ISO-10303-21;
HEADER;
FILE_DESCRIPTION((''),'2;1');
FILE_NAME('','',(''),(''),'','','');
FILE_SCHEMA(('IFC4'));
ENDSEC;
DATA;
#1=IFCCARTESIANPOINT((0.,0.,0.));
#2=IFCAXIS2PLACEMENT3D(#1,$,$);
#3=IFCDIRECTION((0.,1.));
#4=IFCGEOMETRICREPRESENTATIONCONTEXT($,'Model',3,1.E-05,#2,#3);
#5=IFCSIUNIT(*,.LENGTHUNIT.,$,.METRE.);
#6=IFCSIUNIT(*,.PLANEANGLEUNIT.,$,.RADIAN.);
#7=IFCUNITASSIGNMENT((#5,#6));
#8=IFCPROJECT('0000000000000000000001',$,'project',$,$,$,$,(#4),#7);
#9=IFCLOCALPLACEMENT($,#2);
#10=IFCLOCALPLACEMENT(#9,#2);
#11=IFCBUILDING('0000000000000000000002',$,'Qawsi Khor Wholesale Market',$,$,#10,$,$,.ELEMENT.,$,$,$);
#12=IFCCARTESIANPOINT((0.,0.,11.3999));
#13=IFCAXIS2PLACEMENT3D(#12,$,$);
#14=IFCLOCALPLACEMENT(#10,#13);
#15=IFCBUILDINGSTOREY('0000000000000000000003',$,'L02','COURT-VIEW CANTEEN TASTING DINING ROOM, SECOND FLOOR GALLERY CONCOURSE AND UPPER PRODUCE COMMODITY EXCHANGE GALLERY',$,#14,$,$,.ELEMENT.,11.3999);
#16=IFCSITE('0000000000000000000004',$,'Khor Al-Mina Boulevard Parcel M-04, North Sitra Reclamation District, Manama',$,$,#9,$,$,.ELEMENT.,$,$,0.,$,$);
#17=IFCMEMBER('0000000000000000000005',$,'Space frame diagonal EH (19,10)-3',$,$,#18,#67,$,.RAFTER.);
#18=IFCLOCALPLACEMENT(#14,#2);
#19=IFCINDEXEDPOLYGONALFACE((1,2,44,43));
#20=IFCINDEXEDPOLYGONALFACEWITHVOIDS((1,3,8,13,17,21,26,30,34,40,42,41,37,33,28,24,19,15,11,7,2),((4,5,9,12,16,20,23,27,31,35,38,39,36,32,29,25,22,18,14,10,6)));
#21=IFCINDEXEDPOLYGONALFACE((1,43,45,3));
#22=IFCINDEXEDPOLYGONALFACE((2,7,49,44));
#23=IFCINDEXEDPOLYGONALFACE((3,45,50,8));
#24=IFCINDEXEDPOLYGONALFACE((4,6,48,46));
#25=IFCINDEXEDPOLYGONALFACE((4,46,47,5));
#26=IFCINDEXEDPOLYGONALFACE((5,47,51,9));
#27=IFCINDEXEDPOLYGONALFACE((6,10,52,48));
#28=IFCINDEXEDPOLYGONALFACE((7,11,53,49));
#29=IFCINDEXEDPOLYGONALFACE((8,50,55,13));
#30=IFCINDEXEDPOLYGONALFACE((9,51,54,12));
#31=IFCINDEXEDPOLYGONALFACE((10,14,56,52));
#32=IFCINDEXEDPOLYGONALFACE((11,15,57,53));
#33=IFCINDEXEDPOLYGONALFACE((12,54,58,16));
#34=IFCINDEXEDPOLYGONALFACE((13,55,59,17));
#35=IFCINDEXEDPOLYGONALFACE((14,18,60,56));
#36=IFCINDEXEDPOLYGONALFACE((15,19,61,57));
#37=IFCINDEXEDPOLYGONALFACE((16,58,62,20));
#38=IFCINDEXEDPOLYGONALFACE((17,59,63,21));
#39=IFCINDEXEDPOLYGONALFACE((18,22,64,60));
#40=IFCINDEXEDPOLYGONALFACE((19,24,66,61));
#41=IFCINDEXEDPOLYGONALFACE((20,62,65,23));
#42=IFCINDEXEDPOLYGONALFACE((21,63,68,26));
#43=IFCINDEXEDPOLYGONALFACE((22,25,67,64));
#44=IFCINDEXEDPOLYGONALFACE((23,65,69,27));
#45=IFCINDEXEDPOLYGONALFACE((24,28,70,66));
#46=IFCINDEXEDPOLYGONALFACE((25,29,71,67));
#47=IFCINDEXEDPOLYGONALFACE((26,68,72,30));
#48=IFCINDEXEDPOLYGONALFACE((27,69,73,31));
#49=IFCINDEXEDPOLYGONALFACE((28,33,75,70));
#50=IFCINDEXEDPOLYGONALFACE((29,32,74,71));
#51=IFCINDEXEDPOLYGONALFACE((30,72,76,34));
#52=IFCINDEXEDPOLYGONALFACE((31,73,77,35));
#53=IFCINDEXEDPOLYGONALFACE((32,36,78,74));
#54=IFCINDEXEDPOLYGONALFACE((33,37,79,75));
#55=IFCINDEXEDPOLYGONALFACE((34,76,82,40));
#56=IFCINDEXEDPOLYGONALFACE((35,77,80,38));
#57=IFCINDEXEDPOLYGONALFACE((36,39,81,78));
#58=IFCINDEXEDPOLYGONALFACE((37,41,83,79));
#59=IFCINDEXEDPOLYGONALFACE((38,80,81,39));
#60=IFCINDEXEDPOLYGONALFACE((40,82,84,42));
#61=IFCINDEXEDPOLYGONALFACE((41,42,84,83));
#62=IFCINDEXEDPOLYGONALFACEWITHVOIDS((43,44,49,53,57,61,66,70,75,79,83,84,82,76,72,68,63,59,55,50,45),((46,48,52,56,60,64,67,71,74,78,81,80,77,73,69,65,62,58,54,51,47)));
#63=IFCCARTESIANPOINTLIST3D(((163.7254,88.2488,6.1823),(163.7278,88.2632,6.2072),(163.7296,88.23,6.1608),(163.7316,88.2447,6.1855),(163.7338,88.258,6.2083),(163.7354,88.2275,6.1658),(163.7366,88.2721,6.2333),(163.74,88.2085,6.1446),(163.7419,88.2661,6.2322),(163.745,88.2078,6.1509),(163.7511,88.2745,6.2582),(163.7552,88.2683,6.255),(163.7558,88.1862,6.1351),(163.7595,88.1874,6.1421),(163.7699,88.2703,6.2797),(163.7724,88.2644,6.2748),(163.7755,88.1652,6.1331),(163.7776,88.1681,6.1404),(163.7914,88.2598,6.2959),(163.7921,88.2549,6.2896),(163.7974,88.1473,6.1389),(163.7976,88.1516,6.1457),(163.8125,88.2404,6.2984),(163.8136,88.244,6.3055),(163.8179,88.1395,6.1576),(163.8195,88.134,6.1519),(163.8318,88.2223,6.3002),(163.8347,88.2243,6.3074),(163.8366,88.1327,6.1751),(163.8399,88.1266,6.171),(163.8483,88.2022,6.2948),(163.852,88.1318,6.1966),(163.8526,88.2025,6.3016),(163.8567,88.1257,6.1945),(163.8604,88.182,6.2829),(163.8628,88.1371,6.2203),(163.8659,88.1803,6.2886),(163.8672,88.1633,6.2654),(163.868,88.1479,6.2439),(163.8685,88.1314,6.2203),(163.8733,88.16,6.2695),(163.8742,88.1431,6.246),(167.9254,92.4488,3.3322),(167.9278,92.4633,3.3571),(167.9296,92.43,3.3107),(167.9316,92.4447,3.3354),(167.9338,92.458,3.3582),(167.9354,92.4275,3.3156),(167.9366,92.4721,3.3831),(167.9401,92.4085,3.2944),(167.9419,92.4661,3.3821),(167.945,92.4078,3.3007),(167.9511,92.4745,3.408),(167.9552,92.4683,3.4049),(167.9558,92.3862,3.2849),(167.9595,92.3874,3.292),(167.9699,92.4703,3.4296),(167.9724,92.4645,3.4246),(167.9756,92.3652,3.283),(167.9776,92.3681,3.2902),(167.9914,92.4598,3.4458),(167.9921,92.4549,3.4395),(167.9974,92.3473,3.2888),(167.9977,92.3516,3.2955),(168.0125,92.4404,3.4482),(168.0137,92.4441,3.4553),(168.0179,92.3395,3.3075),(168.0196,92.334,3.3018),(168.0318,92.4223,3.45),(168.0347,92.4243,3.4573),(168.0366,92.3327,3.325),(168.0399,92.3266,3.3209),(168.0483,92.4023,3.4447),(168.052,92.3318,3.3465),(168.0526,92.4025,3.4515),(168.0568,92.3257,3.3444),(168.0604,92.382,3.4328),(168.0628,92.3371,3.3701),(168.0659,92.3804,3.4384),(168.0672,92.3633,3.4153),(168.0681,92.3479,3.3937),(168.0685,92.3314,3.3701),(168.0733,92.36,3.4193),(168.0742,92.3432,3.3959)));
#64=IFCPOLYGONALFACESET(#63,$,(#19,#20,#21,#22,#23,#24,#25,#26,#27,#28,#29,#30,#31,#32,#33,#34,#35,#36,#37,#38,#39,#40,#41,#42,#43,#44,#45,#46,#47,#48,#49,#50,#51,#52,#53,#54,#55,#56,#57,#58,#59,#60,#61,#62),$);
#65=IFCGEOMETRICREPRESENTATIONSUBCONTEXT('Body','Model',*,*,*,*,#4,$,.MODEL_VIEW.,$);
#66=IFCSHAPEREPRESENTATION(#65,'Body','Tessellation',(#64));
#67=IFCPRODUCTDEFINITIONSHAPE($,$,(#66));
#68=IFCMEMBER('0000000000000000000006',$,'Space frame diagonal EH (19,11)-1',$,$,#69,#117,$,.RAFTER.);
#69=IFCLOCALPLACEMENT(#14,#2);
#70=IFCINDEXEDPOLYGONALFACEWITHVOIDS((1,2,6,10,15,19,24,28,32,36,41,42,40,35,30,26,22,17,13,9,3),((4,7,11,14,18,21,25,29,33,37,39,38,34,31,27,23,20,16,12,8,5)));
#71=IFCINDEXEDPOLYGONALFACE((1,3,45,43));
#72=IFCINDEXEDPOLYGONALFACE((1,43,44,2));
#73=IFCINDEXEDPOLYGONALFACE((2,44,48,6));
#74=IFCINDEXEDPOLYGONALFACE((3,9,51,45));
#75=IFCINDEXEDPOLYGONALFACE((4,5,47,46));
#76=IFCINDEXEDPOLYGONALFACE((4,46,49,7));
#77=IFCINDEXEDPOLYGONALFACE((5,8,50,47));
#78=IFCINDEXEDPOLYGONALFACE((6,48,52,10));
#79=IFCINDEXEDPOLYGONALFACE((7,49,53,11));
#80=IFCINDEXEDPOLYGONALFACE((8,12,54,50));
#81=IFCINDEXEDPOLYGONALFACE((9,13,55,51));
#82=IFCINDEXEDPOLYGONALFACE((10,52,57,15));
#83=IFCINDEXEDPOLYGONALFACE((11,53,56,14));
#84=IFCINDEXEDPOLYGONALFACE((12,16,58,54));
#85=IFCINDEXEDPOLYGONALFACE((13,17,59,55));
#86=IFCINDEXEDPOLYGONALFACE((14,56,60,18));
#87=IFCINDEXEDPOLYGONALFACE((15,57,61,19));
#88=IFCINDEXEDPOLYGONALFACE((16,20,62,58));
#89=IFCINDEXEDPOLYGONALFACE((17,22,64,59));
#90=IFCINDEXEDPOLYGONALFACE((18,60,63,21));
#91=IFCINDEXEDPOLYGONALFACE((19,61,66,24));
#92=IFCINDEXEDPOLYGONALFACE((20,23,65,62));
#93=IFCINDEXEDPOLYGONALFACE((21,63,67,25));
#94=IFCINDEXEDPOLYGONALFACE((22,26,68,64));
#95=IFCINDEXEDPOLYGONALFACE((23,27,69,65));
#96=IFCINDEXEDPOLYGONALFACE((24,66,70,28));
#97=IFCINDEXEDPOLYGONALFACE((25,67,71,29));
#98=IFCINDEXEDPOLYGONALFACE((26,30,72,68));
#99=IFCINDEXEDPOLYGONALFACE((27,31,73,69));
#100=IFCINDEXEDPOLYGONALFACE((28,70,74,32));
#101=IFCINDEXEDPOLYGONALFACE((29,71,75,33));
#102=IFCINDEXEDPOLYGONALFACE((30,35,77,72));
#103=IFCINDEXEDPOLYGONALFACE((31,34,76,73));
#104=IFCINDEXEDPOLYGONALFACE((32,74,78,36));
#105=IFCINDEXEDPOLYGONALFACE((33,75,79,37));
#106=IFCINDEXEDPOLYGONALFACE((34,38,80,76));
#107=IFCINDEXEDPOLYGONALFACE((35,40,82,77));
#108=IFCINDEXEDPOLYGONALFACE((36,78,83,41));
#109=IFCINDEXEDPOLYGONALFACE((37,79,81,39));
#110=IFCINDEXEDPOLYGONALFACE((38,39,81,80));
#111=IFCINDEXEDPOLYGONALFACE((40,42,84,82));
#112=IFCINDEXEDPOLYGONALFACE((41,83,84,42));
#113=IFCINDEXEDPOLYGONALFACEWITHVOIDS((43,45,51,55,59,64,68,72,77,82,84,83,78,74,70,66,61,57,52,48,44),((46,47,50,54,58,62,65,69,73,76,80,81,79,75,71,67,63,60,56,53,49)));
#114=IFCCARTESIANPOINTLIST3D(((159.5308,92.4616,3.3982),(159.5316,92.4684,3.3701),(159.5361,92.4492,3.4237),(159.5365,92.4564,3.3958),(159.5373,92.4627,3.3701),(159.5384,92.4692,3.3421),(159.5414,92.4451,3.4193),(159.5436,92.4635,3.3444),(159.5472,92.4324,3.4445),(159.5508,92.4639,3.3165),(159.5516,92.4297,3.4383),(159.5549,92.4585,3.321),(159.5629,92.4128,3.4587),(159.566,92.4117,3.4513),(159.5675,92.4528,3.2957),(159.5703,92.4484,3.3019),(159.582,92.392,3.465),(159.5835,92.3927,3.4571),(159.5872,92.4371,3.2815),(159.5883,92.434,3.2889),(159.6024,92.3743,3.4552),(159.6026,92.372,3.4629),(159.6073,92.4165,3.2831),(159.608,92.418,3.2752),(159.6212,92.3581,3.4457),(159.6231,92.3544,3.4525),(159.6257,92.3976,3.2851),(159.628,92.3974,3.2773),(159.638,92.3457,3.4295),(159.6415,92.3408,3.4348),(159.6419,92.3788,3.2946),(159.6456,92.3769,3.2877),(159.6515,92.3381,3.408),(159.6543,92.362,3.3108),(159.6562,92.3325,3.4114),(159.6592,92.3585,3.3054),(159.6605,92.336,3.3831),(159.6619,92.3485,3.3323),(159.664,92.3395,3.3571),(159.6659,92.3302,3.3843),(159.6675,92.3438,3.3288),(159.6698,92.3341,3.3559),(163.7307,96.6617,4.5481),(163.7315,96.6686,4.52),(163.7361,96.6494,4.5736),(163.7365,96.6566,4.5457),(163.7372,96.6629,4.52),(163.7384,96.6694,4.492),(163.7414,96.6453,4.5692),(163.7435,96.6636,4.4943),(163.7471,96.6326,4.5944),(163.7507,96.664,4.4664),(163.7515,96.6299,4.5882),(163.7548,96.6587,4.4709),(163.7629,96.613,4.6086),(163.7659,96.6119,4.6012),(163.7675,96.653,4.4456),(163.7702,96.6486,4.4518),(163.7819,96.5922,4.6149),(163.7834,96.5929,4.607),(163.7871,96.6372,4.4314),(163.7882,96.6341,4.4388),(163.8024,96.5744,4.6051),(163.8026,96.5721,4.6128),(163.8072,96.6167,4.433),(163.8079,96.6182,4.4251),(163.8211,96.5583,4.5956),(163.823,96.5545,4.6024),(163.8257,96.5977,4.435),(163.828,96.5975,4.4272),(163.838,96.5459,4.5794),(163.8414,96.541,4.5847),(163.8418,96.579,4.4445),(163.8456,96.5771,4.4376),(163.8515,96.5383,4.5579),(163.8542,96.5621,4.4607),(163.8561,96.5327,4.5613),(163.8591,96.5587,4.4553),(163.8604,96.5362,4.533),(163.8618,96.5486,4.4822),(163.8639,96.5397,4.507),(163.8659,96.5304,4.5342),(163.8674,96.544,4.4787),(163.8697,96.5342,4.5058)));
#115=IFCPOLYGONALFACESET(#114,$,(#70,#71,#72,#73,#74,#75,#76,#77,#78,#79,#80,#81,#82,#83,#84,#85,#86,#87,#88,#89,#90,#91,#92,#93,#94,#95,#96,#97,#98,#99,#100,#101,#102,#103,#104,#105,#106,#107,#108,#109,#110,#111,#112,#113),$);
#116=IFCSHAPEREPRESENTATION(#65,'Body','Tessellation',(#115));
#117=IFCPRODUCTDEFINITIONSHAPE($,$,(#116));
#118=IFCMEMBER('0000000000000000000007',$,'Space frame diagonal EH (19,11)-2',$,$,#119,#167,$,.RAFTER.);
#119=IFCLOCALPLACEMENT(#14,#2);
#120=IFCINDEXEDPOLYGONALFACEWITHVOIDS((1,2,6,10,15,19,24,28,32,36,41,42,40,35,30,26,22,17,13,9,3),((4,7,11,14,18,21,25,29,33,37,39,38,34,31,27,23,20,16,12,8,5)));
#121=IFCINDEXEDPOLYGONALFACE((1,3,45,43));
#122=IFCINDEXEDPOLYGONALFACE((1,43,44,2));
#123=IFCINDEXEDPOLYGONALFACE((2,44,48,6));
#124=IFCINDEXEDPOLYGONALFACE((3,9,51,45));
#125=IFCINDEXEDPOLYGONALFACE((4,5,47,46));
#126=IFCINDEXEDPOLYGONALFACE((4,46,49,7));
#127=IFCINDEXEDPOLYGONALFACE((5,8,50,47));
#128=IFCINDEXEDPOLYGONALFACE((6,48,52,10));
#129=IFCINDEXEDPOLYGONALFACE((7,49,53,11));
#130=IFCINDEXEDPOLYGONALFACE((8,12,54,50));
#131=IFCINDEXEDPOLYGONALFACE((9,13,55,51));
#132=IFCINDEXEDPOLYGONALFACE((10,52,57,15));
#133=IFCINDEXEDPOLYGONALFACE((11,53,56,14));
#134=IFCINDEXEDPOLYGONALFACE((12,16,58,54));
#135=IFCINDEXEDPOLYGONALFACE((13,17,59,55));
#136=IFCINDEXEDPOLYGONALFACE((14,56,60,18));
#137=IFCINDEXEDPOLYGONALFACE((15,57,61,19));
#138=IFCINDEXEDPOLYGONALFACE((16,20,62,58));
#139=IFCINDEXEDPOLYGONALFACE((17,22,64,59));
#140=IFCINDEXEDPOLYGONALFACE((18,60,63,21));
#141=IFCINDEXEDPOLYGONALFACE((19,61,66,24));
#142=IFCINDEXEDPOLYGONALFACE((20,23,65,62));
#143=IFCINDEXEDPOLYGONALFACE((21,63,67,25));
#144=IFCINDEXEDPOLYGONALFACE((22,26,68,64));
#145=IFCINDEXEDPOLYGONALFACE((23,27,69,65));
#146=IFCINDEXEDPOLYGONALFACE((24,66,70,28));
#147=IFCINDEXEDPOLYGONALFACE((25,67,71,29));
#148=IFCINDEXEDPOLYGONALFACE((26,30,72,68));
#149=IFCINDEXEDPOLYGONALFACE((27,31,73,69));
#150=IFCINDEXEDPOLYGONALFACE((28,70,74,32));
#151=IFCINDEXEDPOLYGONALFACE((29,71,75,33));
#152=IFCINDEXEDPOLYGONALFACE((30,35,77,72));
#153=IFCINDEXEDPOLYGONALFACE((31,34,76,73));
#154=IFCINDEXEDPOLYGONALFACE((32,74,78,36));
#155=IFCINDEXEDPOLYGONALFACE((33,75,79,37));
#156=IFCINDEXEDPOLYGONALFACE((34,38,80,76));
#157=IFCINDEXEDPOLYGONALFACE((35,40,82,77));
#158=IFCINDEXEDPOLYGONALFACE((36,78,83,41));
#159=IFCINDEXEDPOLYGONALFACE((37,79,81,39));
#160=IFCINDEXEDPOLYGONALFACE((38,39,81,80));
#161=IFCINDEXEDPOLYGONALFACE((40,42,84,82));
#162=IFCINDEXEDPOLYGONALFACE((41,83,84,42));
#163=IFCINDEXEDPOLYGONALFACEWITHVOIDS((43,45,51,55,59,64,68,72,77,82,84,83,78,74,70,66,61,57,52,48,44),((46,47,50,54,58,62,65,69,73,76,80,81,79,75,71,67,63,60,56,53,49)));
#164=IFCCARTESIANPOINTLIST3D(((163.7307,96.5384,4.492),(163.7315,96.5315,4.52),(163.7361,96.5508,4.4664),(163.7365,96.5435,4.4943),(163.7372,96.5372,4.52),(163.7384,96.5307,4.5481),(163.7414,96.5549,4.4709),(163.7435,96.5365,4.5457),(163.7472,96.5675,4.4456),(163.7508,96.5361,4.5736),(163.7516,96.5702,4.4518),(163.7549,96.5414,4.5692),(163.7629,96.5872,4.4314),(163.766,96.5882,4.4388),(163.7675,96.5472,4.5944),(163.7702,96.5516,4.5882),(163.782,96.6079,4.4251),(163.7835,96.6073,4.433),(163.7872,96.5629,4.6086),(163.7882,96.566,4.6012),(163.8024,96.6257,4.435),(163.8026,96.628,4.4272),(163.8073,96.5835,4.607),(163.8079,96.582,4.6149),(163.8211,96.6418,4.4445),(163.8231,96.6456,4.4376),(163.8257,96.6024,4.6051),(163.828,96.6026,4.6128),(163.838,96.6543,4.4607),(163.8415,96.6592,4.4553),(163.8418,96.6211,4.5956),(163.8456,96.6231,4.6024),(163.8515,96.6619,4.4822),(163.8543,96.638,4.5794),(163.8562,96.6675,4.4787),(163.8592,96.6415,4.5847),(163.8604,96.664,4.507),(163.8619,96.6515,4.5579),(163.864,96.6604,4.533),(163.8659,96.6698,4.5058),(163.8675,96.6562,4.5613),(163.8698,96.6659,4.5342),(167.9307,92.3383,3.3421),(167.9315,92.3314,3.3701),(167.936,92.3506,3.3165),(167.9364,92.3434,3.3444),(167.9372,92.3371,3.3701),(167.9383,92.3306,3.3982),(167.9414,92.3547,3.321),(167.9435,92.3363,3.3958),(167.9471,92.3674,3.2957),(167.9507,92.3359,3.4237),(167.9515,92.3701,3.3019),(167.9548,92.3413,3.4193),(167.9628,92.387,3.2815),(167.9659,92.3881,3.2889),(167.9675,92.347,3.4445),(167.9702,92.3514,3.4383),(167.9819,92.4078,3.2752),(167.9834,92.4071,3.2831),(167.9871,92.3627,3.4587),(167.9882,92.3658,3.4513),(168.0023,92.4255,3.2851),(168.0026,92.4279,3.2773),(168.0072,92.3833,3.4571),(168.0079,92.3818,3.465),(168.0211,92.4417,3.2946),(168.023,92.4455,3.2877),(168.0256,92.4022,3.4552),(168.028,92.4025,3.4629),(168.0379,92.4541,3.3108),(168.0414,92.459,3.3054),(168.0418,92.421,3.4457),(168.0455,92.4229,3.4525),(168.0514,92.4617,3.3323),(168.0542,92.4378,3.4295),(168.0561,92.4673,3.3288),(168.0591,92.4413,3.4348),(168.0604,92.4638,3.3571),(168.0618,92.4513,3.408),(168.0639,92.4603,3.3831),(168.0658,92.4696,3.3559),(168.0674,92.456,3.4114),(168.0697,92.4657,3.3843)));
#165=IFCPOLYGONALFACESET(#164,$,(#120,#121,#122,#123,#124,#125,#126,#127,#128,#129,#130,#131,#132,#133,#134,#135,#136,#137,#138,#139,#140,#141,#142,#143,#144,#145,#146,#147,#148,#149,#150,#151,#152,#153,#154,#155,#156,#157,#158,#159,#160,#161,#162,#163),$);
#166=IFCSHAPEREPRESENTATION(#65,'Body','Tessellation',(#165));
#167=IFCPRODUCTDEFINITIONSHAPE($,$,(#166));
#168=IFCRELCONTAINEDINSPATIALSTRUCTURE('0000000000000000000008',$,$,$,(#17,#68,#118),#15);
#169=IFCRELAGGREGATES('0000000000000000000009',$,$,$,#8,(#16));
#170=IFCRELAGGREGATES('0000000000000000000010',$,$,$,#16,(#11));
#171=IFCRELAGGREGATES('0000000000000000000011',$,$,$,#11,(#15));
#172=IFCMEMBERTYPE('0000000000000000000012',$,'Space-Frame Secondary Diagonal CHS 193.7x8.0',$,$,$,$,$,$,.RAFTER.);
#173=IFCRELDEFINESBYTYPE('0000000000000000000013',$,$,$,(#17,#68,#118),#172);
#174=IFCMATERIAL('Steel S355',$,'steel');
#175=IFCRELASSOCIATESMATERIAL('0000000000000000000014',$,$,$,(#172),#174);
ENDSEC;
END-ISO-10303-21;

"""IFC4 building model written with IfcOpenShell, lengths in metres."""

from ifc_helpers import new_model, si_unit, direction, frame, origin, origin_2d, place, context, subcontext, project, spatial, hollow_circle, extrude, material, material_profile, profile_set, type_object, element, save


model = new_model("IFC4")

# Units and contexts
model_context = context("Model", 3, precision=1e-05, world=origin(), true_north=direction((0.0, 1.0)))
body_context = subcontext(model_context, "Body", "Model", "MODEL_VIEW")
ifc_project = project(units=[si_unit("LENGTHUNIT", "METRE"), si_unit("PLANEANGLEUNIT", "RADIAN")], contexts=[model_context])

# Site, building, storey
site_placement = place(None, origin())
site = spatial("IfcSite", under=ifc_project, at=site_placement, Name="Khor Al-Mina Boulevard Parcel M-04, North Sitra Reclamation District, Manama", CompositionType="ELEMENT", RefElevation=0.0)
building_placement = place(site_placement, origin())
building = spatial("IfcBuilding", under=site, at=building_placement, Name="Qawsi Khor Wholesale Market", CompositionType="ELEMENT")
storey_placement = place(building_placement, frame((0.0, 0.0, 11.3999)))
storey = spatial("IfcBuildingStorey", under=building, at=storey_placement, Name="L02", Description="COURT-VIEW CANTEEN TASTING DINING ROOM, SECOND FLOOR GALLERY CONCOURSE AND UPPER PRODUCE COMMODITY EXCHANGE GALLERY", CompositionType="ELEMENT", Elevation=11.3999)

# Members
ifc_material_1 = material(Name="Steel S355", Category="steel")
ifc_material_profile_1 = material_profile(ifc_material_1, hollow_circle(Radius=0.0969, WallThickness=0.0081, at=origin_2d()), Name="CHS 193.7x8.0")
ifc_profile_set_1 = profile_set([ifc_material_profile_1], Name="Steel S355")
member_type_1 = type_object("IfcMemberType", Name="Space-Frame Secondary Diagonal CHS 193.7x8.0", PredefinedType="RAFTER", material=ifc_profile_set_1)
member_1_placement = place(storey_placement, frame((168.0, 92.3999, 3.3701), z_axis=(-0.637512, -0.637512, 0.432617), x_axis=(0.707107, -0.707107, 0.0)))
element("IfcMember", 1, at=member_1_placement, inside=storey, type_object=member_type_1, Name="Space frame diagonal EH (19,10)-3", PredefinedType="RAFTER", context=body_context, shape_type="SweptSolid", body=[
    extrude(hollow_circle(Radius=0.0969, WallThickness=0.0081, at=origin_2d()), origin(), (0.0, 0.0, 1.0), 6.5881),
])
for number, where, z_axis, x_axis, name in (
    (2, (159.6001, 92.3999, 3.3701), (0.694197, 0.694238, 0.190064), (-0.707127, 0.707086, 0.0), "Space frame diagonal EH (19,11)-1"),
    (3, (168.0, 92.3999, 3.3701), (-0.694197, 0.694238, 0.190064), (-0.707127, -0.707086, 0.0), "Space frame diagonal EH (19,11)-2"),
):
    element("IfcMember", number, at=place(storey_placement, frame(where, z_axis=z_axis, x_axis=x_axis)), inside=storey, type_object=member_type_1, Name=name, PredefinedType="RAFTER", context=body_context, shape_type="SweptSolid", body=[
        extrude(hollow_circle(Radius=0.0969, WallThickness=0.0081, at=origin_2d()), origin(), (0.0, 0.0, 1.0), 6.05),
    ])

save(model, "model.ifc")
